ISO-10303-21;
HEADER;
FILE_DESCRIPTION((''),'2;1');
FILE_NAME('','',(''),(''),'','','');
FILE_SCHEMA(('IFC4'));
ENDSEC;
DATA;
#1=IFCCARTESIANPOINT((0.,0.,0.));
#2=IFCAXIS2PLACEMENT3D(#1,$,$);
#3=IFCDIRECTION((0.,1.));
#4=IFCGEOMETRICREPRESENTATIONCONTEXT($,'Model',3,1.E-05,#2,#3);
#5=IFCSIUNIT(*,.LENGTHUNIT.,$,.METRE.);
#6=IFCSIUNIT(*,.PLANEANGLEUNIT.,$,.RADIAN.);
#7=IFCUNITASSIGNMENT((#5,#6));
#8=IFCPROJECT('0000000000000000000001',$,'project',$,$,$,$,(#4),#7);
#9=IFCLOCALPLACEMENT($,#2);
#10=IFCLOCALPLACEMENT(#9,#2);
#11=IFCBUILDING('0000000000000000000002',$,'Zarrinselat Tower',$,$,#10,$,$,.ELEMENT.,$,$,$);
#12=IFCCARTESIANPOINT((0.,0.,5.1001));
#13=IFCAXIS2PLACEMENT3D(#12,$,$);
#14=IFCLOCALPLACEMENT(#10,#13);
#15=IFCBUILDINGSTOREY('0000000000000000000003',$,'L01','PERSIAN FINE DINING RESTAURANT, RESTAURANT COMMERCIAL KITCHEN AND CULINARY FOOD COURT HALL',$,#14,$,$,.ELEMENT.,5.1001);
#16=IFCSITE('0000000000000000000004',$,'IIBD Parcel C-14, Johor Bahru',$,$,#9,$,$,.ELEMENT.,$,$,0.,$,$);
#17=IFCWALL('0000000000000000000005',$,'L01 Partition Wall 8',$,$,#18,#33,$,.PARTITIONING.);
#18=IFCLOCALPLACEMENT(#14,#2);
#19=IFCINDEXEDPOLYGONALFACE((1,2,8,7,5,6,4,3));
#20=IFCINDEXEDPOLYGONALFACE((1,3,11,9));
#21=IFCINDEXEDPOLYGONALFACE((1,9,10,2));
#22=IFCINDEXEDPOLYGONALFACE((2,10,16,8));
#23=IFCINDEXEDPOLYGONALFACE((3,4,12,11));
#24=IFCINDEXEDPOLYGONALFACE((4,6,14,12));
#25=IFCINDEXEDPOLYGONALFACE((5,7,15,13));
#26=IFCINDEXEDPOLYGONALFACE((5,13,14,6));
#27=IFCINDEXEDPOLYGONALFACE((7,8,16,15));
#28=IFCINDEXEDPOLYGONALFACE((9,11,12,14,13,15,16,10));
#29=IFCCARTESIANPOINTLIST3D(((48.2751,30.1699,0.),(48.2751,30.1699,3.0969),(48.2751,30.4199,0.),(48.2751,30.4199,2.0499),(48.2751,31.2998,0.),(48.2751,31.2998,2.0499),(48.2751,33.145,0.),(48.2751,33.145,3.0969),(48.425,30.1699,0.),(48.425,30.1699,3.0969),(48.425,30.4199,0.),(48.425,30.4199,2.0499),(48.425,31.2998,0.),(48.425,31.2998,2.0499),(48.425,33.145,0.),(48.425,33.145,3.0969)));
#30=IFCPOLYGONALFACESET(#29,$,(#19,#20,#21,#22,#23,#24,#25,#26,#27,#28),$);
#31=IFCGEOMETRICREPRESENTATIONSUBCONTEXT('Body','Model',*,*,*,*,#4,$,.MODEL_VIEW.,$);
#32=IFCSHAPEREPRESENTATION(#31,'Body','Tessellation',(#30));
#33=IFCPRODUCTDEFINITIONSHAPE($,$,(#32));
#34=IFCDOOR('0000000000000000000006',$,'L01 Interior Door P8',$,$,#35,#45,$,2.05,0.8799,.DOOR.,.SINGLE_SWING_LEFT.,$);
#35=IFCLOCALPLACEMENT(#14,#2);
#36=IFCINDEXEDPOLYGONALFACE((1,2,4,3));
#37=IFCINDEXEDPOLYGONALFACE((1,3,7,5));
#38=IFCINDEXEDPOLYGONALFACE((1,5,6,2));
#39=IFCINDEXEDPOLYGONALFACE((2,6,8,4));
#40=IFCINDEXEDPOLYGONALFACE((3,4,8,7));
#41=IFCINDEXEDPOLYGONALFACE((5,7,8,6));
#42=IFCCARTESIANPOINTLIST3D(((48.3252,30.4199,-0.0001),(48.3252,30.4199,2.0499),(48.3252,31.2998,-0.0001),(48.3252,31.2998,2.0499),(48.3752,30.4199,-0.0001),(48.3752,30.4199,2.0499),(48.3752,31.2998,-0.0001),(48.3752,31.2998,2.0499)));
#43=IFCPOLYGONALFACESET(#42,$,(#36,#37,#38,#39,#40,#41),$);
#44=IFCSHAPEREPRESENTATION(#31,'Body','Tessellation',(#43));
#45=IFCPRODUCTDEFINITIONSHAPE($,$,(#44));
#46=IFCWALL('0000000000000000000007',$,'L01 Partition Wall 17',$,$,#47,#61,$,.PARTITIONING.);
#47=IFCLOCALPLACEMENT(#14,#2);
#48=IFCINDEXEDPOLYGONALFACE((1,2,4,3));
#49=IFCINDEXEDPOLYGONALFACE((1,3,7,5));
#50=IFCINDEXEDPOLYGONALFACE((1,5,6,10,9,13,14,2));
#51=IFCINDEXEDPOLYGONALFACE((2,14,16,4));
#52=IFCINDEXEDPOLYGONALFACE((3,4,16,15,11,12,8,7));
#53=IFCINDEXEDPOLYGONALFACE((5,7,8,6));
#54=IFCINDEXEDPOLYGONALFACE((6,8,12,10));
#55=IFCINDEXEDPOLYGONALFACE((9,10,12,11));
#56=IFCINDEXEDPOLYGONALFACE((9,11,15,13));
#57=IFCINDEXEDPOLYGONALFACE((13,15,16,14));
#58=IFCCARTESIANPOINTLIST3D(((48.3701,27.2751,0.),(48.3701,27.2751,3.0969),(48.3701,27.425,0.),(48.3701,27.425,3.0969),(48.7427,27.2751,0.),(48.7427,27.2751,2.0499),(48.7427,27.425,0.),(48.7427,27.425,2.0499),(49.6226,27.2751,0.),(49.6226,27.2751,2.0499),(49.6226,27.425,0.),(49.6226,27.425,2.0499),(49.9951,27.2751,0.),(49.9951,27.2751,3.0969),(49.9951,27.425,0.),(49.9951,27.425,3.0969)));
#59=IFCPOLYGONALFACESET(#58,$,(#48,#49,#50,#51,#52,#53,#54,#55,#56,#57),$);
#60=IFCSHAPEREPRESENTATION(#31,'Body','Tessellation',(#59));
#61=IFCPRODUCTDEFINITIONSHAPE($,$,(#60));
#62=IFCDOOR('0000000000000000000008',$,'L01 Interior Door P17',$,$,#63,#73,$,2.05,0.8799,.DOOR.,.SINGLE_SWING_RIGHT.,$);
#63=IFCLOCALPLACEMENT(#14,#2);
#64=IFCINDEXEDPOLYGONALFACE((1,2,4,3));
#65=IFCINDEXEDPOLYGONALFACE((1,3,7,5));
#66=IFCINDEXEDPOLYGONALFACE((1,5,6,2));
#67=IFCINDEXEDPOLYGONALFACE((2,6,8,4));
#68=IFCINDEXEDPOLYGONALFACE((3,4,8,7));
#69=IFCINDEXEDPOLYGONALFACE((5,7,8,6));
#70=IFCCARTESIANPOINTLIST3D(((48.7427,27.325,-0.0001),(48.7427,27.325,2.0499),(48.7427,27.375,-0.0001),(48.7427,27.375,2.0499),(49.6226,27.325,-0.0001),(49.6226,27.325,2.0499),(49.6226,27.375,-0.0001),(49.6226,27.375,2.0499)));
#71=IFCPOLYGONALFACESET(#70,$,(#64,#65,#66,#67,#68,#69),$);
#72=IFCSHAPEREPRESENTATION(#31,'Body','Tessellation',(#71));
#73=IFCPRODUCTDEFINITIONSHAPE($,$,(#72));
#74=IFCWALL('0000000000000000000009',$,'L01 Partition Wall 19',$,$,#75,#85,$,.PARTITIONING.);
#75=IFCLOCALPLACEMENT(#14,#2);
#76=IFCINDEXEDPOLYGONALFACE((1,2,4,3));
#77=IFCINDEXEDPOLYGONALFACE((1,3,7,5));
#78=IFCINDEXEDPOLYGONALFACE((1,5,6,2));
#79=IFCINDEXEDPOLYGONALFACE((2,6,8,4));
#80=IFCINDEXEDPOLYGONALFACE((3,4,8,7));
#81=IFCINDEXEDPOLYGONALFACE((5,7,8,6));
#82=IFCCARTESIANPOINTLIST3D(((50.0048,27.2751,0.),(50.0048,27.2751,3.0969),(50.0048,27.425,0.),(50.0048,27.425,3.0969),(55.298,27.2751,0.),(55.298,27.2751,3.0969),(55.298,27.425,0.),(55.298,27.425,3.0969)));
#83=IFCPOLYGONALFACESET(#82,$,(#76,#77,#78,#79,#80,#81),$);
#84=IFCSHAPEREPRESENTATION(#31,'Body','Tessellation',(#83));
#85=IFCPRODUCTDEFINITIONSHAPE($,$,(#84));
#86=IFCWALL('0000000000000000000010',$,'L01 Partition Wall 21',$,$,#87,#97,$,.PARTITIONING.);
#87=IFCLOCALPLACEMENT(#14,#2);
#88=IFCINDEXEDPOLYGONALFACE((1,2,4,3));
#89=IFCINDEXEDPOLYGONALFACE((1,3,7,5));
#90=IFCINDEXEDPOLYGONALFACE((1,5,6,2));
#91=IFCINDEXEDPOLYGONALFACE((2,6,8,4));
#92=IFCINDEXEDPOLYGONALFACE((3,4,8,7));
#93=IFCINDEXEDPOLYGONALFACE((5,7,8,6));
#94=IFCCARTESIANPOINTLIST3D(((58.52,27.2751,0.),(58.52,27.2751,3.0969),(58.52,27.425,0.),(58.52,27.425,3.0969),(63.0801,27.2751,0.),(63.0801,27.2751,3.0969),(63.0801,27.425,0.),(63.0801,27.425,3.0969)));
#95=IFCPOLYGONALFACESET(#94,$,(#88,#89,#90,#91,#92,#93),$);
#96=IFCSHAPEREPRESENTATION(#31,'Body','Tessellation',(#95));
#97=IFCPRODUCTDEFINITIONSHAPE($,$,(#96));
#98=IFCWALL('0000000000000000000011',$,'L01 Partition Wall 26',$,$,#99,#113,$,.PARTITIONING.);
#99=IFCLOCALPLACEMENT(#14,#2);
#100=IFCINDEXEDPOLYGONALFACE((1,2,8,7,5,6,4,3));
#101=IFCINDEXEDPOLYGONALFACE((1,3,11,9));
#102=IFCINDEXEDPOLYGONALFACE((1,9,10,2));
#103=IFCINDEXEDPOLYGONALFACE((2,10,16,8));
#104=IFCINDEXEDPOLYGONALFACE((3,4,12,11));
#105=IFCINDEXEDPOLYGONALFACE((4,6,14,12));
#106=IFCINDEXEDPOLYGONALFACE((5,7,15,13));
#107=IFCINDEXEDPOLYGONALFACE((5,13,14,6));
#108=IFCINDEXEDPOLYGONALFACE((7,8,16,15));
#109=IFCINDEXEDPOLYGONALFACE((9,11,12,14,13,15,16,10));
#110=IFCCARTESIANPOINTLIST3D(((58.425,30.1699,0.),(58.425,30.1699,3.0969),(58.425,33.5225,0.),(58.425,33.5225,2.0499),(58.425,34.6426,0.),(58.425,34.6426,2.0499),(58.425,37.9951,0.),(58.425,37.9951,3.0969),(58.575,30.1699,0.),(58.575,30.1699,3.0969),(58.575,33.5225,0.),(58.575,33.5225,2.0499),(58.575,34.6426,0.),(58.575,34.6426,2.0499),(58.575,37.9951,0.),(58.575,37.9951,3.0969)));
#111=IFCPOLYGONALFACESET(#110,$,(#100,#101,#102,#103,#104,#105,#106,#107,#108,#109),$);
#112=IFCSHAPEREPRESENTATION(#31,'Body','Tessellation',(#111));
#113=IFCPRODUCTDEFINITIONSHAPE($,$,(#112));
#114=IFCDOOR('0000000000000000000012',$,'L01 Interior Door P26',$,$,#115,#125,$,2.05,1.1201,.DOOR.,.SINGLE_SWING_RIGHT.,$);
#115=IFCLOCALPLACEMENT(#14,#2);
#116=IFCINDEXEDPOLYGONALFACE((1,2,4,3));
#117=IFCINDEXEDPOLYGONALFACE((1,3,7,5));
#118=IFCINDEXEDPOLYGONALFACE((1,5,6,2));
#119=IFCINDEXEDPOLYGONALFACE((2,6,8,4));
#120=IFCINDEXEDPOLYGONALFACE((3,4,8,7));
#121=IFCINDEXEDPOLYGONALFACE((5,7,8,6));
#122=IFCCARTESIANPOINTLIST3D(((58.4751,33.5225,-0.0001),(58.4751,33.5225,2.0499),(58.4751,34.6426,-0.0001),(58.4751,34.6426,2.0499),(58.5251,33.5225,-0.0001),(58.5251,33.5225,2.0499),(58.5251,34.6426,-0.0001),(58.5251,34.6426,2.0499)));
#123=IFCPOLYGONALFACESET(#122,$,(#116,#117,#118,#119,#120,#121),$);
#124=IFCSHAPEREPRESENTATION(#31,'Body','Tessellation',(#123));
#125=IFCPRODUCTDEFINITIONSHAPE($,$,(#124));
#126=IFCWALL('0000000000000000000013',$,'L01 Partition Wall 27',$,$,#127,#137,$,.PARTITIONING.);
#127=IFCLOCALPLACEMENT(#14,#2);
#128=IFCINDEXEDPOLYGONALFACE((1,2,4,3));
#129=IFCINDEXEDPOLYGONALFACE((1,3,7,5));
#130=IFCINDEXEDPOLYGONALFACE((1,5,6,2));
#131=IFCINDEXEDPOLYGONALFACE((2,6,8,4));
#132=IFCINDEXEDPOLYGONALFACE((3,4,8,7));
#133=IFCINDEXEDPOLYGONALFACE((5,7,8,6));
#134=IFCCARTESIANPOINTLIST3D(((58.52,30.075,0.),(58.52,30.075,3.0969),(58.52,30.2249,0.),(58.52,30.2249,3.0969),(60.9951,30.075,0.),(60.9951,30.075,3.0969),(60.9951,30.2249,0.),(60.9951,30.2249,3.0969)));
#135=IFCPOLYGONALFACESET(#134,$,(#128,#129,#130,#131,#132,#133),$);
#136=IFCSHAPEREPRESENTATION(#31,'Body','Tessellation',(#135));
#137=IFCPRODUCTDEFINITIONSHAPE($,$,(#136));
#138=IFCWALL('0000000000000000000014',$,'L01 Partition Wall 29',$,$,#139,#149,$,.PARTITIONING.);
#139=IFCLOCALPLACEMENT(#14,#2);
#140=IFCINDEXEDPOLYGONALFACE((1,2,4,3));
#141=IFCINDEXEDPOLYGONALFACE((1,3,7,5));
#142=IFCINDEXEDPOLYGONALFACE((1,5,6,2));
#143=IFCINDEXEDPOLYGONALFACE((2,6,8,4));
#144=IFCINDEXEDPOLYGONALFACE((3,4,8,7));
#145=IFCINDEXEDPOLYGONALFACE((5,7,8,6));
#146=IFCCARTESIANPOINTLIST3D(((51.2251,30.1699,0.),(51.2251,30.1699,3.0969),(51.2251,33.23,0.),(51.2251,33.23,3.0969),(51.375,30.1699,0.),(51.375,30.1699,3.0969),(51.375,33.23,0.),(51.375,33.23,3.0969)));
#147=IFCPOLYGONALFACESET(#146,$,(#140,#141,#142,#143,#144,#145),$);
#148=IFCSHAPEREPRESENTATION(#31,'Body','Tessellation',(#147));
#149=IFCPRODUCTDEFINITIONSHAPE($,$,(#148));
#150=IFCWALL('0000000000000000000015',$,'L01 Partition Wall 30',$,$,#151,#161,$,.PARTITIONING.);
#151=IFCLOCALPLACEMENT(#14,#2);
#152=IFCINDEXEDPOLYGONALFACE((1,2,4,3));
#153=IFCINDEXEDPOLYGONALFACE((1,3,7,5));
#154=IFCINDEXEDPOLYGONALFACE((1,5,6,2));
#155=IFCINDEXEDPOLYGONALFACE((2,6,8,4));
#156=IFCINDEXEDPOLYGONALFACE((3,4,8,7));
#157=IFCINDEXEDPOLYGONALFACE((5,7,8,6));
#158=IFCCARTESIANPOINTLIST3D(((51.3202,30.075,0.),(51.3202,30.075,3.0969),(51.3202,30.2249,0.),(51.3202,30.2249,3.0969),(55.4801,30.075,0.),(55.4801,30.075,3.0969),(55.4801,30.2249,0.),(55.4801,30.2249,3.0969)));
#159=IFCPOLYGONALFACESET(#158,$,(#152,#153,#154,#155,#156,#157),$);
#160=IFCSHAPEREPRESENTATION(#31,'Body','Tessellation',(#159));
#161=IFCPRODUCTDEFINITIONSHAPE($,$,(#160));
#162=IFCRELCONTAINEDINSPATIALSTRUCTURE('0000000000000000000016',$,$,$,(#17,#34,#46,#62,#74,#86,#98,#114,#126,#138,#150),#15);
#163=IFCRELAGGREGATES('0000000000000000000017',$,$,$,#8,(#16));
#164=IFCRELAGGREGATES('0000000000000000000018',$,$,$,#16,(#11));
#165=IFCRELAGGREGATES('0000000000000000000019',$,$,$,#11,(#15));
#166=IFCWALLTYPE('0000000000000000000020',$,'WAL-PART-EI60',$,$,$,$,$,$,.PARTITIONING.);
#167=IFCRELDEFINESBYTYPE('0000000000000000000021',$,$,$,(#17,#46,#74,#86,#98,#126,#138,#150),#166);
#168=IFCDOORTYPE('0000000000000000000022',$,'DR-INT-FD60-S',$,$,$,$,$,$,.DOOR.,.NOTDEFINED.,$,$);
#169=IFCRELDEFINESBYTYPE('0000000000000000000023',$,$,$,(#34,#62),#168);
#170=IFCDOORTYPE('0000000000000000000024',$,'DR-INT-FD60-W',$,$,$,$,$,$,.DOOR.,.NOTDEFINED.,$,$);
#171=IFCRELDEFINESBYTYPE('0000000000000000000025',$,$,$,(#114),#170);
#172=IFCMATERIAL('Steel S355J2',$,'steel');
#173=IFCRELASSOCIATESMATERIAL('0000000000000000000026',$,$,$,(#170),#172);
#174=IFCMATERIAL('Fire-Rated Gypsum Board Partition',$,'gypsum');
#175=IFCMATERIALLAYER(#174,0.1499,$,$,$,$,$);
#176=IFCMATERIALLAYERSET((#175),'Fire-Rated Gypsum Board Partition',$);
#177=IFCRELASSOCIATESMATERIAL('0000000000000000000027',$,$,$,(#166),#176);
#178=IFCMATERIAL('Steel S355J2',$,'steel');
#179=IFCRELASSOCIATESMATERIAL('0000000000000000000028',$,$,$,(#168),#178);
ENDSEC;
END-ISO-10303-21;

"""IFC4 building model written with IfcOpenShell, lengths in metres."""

from ifc_helpers import new_model, si_unit, direction, frame, frame_2d, origin, place, context, subcontext, project, spatial, rectangle, extrude, material, layer, layer_set, type_object, element, fill, save


model = new_model("IFC4")

# Units and contexts
model_context = context("Model", 3, precision=1e-05, world=origin(), true_north=direction((0.0, 1.0)))
body_context = subcontext(model_context, "Body", "Model", "MODEL_VIEW")
ifc_project = project(units=[si_unit("LENGTHUNIT", "METRE"), si_unit("PLANEANGLEUNIT", "RADIAN")], contexts=[model_context])

# Site, building, storey
site_placement = place(None, origin())
site = spatial("IfcSite", under=ifc_project, at=site_placement, Name="IIBD Parcel C-14, Johor Bahru", CompositionType="ELEMENT", RefElevation=0.0)
building_placement = place(site_placement, origin())
building = spatial("IfcBuilding", under=site, at=building_placement, Name="Zarrinselat Tower", CompositionType="ELEMENT")
storey_placement = place(building_placement, frame((0.0, 0.0, 5.1001)))
storey = spatial("IfcBuildingStorey", under=building, at=storey_placement, Name="L01", Description="PERSIAN FINE DINING RESTAURANT, RESTAURANT COMMERCIAL KITCHEN AND CULINARY FOOD COURT HALL", CompositionType="ELEMENT", Elevation=5.1001)

# Shared definitions
ifc_material_1 = material(Name="Steel S355J2", Category="steel")
door_type_1 = type_object("IfcDoorType", Name="DR-INT-FD60-W", OperationType="NOTDEFINED", PredefinedType="DOOR", material=ifc_material_1)

# Walls, openings, doors
ifc_material_2 = material(Name="Fire-Rated Gypsum Board Partition", Category="gypsum")
ifc_layer_1 = layer(ifc_material_2, 0.1499)
ifc_layer_set_1 = layer_set([ifc_layer_1], Name="Fire-Rated Gypsum Board Partition")
wall_type_1 = type_object("IfcWallType", Name="WAL-PART-EI60", PredefinedType="PARTITIONING", material=ifc_layer_set_1)
wall_1_placement = place(storey_placement, frame((48.3501, 30.1699, 0.0), z_axis=(0.0, 0.0, 1.0), x_axis=(0.0, 1.0, 0.0)))
wall_1 = element("IfcWall", 1, at=wall_1_placement, inside=storey, type_object=wall_type_1, Name="L01 Partition Wall 8", PredefinedType="PARTITIONING", context=body_context, shape_type="SweptSolid", body=[
    extrude(rectangle(XDim=2.9751, YDim=0.1499, at=frame_2d((1.4875, 0.0))), origin(), (0.0, 0.0, 1.0), 3.0969),
])
opening_1_placement = place(wall_1_placement, frame((0.25, 0.0, 0.0)))
opening_1 = element("IfcOpeningElement", 2, at=opening_1_placement, cuts=wall_1, PredefinedType="OPENING", context=body_context, shape_type="SweptSolid", body=[
    extrude(rectangle(XDim=0.8799, YDim=2.05, at=frame_2d((0.4399, 1.0249))), frame((0.0, 0.085, 0.0), z_axis=(0.0, -1.0, 0.0), x_axis=(1.0, 0.0, 0.0)), (0.0, 0.0, 1.0), 0.1699),
])
ifc_material_3 = material(Name="Steel S355J2", Category="steel")
door_type_2 = type_object("IfcDoorType", Name="DR-INT-FD60-S", OperationType="NOTDEFINED", PredefinedType="DOOR", material=ifc_material_3)
door_1_placement = place(opening_1_placement, origin())
door_1 = element("IfcDoor", 3, at=door_1_placement, inside=storey, type_object=door_type_2, Name="L01 Interior Door P8", OperationType="SINGLE_SWING_LEFT", OverallHeight=2.05, OverallWidth=0.8799, PredefinedType="DOOR", context=body_context, shape_type="SweptSolid", body=[
    extrude(rectangle(XDim=0.8799, YDim=2.05, at=frame_2d((0.4399, 1.0249))), frame((0.0, 0.0249, 0.0), z_axis=(0.0, -1.0, 0.0), x_axis=(1.0, 0.0, 0.0)), (0.0, 0.0, 1.0), 0.05),
])
fill(opening_1, door_1)
wall_2_placement = place(storey_placement, frame((48.3701, 27.3501, 0.0), z_axis=(0.0, 0.0, 1.0), x_axis=(1.0, 0.0, 0.0)))
wall_2 = element("IfcWall", 4, at=wall_2_placement, inside=storey, type_object=wall_type_1, Name="L01 Partition Wall 17", PredefinedType="PARTITIONING", context=body_context, shape_type="SweptSolid", body=[
    extrude(rectangle(XDim=1.625, YDim=0.1499, at=frame_2d((0.8125, 0.0))), origin(), (0.0, 0.0, 1.0), 3.0969),
])
opening_2_placement = place(wall_2_placement, frame((0.3726, 0.0, 0.0)))
opening_2 = element("IfcOpeningElement", 5, at=opening_2_placement, cuts=wall_2, PredefinedType="OPENING", context=body_context, shape_type="SweptSolid", body=[
    extrude(rectangle(XDim=0.8799, YDim=2.05, at=frame_2d((0.4399, 1.0249))), frame((0.0, 0.085, 0.0), z_axis=(0.0, -1.0, 0.0), x_axis=(1.0, 0.0, 0.0)), (0.0, 0.0, 1.0), 0.1699),
])
door_2_placement = place(opening_2_placement, origin())
door_2 = element("IfcDoor", 6, at=door_2_placement, inside=storey, type_object=door_type_2, Name="L01 Interior Door P17", OperationType="SINGLE_SWING_RIGHT", OverallHeight=2.05, OverallWidth=0.8799, PredefinedType="DOOR", context=body_context, shape_type="SweptSolid", body=[
    extrude(rectangle(XDim=0.8799, YDim=2.05, at=frame_2d((0.4399, 1.0249))), frame((0.0, 0.0249, 0.0), z_axis=(0.0, -1.0, 0.0), x_axis=(1.0, 0.0, 0.0)), (0.0, 0.0, 1.0), 0.05),
])
fill(opening_2, door_2)

# Walls
wall_3_placement = place(storey_placement, frame((50.0049, 27.3501, 0.0), z_axis=(0.0, 0.0, 1.0), x_axis=(1.0, 0.0, 0.0)))
element("IfcWall", 7, at=wall_3_placement, inside=storey, type_object=wall_type_1, Name="L01 Partition Wall 19", PredefinedType="PARTITIONING", context=body_context, shape_type="SweptSolid", body=[
    extrude(rectangle(XDim=5.2932, YDim=0.1499, at=frame_2d((2.6465, 0.0))), origin(), (0.0, 0.0, 1.0), 3.0969),
])
wall_4_placement = place(storey_placement, frame((58.52, 27.3501, 0.0), z_axis=(0.0, 0.0, 1.0), x_axis=(1.0, 0.0, 0.0)))
element("IfcWall", 8, at=wall_4_placement, inside=storey, type_object=wall_type_1, Name="L01 Partition Wall 21", PredefinedType="PARTITIONING", context=body_context, shape_type="SweptSolid", body=[
    extrude(rectangle(XDim=4.5601, YDim=0.1499, at=frame_2d((2.28, 0.0))), origin(), (0.0, 0.0, 1.0), 3.0969),
])

# Wall, opening, door
wall_5_placement = place(storey_placement, frame((58.5, 30.1699, 0.0), z_axis=(0.0, 0.0, 1.0), x_axis=(0.0, 1.0, 0.0)))
wall_5 = element("IfcWall", 9, at=wall_5_placement, inside=storey, type_object=wall_type_1, Name="L01 Partition Wall 26", PredefinedType="PARTITIONING", context=body_context, shape_type="SweptSolid", body=[
    extrude(rectangle(XDim=7.8252, YDim=0.1499, at=frame_2d((3.9126, 0.0))), origin(), (0.0, 0.0, 1.0), 3.0969),
])
opening_3_placement = place(wall_5_placement, frame((3.3525, 0.0, 0.0)))
opening_3 = element("IfcOpeningElement", 10, at=opening_3_placement, cuts=wall_5, PredefinedType="OPENING", context=body_context, shape_type="SweptSolid", body=[
    extrude(rectangle(XDim=1.1201, YDim=2.05, at=frame_2d((0.5601, 1.0249))), frame((0.0, 0.085, 0.0), z_axis=(0.0, -1.0, 0.0), x_axis=(1.0, 0.0, 0.0)), (0.0, 0.0, 1.0), 0.1699),
])
door_3_placement = place(opening_3_placement, origin())
door_3 = element("IfcDoor", 11, at=door_3_placement, inside=storey, type_object=door_type_1, Name="L01 Interior Door P26", OperationType="SINGLE_SWING_RIGHT", OverallHeight=2.05, OverallWidth=1.1201, PredefinedType="DOOR", context=body_context, shape_type="SweptSolid", body=[
    extrude(rectangle(XDim=1.1201, YDim=2.05, at=frame_2d((0.5601, 1.0249))), frame((0.0, 0.0249, 0.0), z_axis=(0.0, -1.0, 0.0), x_axis=(1.0, 0.0, 0.0)), (0.0, 0.0, 1.0), 0.05),
])
fill(opening_3, door_3)

# Walls
wall_6_placement = place(storey_placement, frame((58.52, 30.1499, 0.0), z_axis=(0.0, 0.0, 1.0), x_axis=(1.0, 0.0, 0.0)))
element("IfcWall", 12, at=wall_6_placement, inside=storey, type_object=wall_type_1, Name="L01 Partition Wall 27", PredefinedType="PARTITIONING", context=body_context, shape_type="SweptSolid", body=[
    extrude(rectangle(XDim=2.4751, YDim=0.1499, at=frame_2d((1.2375, 0.0))), origin(), (0.0, 0.0, 1.0), 3.0969),
])
wall_7_placement = place(storey_placement, frame((51.3, 30.1699, 0.0), z_axis=(0.0, 0.0, 1.0), x_axis=(0.0, 1.0, 0.0)))
element("IfcWall", 13, at=wall_7_placement, inside=storey, type_object=wall_type_1, Name="L01 Partition Wall 29", PredefinedType="PARTITIONING", context=body_context, shape_type="SweptSolid", body=[
    extrude(rectangle(XDim=3.0601, YDim=0.1499, at=frame_2d((1.53, 0.0))), origin(), (0.0, 0.0, 1.0), 3.0969),
])
wall_8_placement = place(storey_placement, frame((51.3201, 30.1499, 0.0), z_axis=(0.0, 0.0, 1.0), x_axis=(1.0, 0.0, 0.0)))
element("IfcWall", 14, at=wall_8_placement, inside=storey, type_object=wall_type_1, Name="L01 Partition Wall 30", PredefinedType="PARTITIONING", context=body_context, shape_type="SweptSolid", body=[
    extrude(rectangle(XDim=4.1599, YDim=0.1499, at=frame_2d((2.0801, 0.0))), origin(), (0.0, 0.0, 1.0), 3.0969),
])

save(model, "model.ifc")
